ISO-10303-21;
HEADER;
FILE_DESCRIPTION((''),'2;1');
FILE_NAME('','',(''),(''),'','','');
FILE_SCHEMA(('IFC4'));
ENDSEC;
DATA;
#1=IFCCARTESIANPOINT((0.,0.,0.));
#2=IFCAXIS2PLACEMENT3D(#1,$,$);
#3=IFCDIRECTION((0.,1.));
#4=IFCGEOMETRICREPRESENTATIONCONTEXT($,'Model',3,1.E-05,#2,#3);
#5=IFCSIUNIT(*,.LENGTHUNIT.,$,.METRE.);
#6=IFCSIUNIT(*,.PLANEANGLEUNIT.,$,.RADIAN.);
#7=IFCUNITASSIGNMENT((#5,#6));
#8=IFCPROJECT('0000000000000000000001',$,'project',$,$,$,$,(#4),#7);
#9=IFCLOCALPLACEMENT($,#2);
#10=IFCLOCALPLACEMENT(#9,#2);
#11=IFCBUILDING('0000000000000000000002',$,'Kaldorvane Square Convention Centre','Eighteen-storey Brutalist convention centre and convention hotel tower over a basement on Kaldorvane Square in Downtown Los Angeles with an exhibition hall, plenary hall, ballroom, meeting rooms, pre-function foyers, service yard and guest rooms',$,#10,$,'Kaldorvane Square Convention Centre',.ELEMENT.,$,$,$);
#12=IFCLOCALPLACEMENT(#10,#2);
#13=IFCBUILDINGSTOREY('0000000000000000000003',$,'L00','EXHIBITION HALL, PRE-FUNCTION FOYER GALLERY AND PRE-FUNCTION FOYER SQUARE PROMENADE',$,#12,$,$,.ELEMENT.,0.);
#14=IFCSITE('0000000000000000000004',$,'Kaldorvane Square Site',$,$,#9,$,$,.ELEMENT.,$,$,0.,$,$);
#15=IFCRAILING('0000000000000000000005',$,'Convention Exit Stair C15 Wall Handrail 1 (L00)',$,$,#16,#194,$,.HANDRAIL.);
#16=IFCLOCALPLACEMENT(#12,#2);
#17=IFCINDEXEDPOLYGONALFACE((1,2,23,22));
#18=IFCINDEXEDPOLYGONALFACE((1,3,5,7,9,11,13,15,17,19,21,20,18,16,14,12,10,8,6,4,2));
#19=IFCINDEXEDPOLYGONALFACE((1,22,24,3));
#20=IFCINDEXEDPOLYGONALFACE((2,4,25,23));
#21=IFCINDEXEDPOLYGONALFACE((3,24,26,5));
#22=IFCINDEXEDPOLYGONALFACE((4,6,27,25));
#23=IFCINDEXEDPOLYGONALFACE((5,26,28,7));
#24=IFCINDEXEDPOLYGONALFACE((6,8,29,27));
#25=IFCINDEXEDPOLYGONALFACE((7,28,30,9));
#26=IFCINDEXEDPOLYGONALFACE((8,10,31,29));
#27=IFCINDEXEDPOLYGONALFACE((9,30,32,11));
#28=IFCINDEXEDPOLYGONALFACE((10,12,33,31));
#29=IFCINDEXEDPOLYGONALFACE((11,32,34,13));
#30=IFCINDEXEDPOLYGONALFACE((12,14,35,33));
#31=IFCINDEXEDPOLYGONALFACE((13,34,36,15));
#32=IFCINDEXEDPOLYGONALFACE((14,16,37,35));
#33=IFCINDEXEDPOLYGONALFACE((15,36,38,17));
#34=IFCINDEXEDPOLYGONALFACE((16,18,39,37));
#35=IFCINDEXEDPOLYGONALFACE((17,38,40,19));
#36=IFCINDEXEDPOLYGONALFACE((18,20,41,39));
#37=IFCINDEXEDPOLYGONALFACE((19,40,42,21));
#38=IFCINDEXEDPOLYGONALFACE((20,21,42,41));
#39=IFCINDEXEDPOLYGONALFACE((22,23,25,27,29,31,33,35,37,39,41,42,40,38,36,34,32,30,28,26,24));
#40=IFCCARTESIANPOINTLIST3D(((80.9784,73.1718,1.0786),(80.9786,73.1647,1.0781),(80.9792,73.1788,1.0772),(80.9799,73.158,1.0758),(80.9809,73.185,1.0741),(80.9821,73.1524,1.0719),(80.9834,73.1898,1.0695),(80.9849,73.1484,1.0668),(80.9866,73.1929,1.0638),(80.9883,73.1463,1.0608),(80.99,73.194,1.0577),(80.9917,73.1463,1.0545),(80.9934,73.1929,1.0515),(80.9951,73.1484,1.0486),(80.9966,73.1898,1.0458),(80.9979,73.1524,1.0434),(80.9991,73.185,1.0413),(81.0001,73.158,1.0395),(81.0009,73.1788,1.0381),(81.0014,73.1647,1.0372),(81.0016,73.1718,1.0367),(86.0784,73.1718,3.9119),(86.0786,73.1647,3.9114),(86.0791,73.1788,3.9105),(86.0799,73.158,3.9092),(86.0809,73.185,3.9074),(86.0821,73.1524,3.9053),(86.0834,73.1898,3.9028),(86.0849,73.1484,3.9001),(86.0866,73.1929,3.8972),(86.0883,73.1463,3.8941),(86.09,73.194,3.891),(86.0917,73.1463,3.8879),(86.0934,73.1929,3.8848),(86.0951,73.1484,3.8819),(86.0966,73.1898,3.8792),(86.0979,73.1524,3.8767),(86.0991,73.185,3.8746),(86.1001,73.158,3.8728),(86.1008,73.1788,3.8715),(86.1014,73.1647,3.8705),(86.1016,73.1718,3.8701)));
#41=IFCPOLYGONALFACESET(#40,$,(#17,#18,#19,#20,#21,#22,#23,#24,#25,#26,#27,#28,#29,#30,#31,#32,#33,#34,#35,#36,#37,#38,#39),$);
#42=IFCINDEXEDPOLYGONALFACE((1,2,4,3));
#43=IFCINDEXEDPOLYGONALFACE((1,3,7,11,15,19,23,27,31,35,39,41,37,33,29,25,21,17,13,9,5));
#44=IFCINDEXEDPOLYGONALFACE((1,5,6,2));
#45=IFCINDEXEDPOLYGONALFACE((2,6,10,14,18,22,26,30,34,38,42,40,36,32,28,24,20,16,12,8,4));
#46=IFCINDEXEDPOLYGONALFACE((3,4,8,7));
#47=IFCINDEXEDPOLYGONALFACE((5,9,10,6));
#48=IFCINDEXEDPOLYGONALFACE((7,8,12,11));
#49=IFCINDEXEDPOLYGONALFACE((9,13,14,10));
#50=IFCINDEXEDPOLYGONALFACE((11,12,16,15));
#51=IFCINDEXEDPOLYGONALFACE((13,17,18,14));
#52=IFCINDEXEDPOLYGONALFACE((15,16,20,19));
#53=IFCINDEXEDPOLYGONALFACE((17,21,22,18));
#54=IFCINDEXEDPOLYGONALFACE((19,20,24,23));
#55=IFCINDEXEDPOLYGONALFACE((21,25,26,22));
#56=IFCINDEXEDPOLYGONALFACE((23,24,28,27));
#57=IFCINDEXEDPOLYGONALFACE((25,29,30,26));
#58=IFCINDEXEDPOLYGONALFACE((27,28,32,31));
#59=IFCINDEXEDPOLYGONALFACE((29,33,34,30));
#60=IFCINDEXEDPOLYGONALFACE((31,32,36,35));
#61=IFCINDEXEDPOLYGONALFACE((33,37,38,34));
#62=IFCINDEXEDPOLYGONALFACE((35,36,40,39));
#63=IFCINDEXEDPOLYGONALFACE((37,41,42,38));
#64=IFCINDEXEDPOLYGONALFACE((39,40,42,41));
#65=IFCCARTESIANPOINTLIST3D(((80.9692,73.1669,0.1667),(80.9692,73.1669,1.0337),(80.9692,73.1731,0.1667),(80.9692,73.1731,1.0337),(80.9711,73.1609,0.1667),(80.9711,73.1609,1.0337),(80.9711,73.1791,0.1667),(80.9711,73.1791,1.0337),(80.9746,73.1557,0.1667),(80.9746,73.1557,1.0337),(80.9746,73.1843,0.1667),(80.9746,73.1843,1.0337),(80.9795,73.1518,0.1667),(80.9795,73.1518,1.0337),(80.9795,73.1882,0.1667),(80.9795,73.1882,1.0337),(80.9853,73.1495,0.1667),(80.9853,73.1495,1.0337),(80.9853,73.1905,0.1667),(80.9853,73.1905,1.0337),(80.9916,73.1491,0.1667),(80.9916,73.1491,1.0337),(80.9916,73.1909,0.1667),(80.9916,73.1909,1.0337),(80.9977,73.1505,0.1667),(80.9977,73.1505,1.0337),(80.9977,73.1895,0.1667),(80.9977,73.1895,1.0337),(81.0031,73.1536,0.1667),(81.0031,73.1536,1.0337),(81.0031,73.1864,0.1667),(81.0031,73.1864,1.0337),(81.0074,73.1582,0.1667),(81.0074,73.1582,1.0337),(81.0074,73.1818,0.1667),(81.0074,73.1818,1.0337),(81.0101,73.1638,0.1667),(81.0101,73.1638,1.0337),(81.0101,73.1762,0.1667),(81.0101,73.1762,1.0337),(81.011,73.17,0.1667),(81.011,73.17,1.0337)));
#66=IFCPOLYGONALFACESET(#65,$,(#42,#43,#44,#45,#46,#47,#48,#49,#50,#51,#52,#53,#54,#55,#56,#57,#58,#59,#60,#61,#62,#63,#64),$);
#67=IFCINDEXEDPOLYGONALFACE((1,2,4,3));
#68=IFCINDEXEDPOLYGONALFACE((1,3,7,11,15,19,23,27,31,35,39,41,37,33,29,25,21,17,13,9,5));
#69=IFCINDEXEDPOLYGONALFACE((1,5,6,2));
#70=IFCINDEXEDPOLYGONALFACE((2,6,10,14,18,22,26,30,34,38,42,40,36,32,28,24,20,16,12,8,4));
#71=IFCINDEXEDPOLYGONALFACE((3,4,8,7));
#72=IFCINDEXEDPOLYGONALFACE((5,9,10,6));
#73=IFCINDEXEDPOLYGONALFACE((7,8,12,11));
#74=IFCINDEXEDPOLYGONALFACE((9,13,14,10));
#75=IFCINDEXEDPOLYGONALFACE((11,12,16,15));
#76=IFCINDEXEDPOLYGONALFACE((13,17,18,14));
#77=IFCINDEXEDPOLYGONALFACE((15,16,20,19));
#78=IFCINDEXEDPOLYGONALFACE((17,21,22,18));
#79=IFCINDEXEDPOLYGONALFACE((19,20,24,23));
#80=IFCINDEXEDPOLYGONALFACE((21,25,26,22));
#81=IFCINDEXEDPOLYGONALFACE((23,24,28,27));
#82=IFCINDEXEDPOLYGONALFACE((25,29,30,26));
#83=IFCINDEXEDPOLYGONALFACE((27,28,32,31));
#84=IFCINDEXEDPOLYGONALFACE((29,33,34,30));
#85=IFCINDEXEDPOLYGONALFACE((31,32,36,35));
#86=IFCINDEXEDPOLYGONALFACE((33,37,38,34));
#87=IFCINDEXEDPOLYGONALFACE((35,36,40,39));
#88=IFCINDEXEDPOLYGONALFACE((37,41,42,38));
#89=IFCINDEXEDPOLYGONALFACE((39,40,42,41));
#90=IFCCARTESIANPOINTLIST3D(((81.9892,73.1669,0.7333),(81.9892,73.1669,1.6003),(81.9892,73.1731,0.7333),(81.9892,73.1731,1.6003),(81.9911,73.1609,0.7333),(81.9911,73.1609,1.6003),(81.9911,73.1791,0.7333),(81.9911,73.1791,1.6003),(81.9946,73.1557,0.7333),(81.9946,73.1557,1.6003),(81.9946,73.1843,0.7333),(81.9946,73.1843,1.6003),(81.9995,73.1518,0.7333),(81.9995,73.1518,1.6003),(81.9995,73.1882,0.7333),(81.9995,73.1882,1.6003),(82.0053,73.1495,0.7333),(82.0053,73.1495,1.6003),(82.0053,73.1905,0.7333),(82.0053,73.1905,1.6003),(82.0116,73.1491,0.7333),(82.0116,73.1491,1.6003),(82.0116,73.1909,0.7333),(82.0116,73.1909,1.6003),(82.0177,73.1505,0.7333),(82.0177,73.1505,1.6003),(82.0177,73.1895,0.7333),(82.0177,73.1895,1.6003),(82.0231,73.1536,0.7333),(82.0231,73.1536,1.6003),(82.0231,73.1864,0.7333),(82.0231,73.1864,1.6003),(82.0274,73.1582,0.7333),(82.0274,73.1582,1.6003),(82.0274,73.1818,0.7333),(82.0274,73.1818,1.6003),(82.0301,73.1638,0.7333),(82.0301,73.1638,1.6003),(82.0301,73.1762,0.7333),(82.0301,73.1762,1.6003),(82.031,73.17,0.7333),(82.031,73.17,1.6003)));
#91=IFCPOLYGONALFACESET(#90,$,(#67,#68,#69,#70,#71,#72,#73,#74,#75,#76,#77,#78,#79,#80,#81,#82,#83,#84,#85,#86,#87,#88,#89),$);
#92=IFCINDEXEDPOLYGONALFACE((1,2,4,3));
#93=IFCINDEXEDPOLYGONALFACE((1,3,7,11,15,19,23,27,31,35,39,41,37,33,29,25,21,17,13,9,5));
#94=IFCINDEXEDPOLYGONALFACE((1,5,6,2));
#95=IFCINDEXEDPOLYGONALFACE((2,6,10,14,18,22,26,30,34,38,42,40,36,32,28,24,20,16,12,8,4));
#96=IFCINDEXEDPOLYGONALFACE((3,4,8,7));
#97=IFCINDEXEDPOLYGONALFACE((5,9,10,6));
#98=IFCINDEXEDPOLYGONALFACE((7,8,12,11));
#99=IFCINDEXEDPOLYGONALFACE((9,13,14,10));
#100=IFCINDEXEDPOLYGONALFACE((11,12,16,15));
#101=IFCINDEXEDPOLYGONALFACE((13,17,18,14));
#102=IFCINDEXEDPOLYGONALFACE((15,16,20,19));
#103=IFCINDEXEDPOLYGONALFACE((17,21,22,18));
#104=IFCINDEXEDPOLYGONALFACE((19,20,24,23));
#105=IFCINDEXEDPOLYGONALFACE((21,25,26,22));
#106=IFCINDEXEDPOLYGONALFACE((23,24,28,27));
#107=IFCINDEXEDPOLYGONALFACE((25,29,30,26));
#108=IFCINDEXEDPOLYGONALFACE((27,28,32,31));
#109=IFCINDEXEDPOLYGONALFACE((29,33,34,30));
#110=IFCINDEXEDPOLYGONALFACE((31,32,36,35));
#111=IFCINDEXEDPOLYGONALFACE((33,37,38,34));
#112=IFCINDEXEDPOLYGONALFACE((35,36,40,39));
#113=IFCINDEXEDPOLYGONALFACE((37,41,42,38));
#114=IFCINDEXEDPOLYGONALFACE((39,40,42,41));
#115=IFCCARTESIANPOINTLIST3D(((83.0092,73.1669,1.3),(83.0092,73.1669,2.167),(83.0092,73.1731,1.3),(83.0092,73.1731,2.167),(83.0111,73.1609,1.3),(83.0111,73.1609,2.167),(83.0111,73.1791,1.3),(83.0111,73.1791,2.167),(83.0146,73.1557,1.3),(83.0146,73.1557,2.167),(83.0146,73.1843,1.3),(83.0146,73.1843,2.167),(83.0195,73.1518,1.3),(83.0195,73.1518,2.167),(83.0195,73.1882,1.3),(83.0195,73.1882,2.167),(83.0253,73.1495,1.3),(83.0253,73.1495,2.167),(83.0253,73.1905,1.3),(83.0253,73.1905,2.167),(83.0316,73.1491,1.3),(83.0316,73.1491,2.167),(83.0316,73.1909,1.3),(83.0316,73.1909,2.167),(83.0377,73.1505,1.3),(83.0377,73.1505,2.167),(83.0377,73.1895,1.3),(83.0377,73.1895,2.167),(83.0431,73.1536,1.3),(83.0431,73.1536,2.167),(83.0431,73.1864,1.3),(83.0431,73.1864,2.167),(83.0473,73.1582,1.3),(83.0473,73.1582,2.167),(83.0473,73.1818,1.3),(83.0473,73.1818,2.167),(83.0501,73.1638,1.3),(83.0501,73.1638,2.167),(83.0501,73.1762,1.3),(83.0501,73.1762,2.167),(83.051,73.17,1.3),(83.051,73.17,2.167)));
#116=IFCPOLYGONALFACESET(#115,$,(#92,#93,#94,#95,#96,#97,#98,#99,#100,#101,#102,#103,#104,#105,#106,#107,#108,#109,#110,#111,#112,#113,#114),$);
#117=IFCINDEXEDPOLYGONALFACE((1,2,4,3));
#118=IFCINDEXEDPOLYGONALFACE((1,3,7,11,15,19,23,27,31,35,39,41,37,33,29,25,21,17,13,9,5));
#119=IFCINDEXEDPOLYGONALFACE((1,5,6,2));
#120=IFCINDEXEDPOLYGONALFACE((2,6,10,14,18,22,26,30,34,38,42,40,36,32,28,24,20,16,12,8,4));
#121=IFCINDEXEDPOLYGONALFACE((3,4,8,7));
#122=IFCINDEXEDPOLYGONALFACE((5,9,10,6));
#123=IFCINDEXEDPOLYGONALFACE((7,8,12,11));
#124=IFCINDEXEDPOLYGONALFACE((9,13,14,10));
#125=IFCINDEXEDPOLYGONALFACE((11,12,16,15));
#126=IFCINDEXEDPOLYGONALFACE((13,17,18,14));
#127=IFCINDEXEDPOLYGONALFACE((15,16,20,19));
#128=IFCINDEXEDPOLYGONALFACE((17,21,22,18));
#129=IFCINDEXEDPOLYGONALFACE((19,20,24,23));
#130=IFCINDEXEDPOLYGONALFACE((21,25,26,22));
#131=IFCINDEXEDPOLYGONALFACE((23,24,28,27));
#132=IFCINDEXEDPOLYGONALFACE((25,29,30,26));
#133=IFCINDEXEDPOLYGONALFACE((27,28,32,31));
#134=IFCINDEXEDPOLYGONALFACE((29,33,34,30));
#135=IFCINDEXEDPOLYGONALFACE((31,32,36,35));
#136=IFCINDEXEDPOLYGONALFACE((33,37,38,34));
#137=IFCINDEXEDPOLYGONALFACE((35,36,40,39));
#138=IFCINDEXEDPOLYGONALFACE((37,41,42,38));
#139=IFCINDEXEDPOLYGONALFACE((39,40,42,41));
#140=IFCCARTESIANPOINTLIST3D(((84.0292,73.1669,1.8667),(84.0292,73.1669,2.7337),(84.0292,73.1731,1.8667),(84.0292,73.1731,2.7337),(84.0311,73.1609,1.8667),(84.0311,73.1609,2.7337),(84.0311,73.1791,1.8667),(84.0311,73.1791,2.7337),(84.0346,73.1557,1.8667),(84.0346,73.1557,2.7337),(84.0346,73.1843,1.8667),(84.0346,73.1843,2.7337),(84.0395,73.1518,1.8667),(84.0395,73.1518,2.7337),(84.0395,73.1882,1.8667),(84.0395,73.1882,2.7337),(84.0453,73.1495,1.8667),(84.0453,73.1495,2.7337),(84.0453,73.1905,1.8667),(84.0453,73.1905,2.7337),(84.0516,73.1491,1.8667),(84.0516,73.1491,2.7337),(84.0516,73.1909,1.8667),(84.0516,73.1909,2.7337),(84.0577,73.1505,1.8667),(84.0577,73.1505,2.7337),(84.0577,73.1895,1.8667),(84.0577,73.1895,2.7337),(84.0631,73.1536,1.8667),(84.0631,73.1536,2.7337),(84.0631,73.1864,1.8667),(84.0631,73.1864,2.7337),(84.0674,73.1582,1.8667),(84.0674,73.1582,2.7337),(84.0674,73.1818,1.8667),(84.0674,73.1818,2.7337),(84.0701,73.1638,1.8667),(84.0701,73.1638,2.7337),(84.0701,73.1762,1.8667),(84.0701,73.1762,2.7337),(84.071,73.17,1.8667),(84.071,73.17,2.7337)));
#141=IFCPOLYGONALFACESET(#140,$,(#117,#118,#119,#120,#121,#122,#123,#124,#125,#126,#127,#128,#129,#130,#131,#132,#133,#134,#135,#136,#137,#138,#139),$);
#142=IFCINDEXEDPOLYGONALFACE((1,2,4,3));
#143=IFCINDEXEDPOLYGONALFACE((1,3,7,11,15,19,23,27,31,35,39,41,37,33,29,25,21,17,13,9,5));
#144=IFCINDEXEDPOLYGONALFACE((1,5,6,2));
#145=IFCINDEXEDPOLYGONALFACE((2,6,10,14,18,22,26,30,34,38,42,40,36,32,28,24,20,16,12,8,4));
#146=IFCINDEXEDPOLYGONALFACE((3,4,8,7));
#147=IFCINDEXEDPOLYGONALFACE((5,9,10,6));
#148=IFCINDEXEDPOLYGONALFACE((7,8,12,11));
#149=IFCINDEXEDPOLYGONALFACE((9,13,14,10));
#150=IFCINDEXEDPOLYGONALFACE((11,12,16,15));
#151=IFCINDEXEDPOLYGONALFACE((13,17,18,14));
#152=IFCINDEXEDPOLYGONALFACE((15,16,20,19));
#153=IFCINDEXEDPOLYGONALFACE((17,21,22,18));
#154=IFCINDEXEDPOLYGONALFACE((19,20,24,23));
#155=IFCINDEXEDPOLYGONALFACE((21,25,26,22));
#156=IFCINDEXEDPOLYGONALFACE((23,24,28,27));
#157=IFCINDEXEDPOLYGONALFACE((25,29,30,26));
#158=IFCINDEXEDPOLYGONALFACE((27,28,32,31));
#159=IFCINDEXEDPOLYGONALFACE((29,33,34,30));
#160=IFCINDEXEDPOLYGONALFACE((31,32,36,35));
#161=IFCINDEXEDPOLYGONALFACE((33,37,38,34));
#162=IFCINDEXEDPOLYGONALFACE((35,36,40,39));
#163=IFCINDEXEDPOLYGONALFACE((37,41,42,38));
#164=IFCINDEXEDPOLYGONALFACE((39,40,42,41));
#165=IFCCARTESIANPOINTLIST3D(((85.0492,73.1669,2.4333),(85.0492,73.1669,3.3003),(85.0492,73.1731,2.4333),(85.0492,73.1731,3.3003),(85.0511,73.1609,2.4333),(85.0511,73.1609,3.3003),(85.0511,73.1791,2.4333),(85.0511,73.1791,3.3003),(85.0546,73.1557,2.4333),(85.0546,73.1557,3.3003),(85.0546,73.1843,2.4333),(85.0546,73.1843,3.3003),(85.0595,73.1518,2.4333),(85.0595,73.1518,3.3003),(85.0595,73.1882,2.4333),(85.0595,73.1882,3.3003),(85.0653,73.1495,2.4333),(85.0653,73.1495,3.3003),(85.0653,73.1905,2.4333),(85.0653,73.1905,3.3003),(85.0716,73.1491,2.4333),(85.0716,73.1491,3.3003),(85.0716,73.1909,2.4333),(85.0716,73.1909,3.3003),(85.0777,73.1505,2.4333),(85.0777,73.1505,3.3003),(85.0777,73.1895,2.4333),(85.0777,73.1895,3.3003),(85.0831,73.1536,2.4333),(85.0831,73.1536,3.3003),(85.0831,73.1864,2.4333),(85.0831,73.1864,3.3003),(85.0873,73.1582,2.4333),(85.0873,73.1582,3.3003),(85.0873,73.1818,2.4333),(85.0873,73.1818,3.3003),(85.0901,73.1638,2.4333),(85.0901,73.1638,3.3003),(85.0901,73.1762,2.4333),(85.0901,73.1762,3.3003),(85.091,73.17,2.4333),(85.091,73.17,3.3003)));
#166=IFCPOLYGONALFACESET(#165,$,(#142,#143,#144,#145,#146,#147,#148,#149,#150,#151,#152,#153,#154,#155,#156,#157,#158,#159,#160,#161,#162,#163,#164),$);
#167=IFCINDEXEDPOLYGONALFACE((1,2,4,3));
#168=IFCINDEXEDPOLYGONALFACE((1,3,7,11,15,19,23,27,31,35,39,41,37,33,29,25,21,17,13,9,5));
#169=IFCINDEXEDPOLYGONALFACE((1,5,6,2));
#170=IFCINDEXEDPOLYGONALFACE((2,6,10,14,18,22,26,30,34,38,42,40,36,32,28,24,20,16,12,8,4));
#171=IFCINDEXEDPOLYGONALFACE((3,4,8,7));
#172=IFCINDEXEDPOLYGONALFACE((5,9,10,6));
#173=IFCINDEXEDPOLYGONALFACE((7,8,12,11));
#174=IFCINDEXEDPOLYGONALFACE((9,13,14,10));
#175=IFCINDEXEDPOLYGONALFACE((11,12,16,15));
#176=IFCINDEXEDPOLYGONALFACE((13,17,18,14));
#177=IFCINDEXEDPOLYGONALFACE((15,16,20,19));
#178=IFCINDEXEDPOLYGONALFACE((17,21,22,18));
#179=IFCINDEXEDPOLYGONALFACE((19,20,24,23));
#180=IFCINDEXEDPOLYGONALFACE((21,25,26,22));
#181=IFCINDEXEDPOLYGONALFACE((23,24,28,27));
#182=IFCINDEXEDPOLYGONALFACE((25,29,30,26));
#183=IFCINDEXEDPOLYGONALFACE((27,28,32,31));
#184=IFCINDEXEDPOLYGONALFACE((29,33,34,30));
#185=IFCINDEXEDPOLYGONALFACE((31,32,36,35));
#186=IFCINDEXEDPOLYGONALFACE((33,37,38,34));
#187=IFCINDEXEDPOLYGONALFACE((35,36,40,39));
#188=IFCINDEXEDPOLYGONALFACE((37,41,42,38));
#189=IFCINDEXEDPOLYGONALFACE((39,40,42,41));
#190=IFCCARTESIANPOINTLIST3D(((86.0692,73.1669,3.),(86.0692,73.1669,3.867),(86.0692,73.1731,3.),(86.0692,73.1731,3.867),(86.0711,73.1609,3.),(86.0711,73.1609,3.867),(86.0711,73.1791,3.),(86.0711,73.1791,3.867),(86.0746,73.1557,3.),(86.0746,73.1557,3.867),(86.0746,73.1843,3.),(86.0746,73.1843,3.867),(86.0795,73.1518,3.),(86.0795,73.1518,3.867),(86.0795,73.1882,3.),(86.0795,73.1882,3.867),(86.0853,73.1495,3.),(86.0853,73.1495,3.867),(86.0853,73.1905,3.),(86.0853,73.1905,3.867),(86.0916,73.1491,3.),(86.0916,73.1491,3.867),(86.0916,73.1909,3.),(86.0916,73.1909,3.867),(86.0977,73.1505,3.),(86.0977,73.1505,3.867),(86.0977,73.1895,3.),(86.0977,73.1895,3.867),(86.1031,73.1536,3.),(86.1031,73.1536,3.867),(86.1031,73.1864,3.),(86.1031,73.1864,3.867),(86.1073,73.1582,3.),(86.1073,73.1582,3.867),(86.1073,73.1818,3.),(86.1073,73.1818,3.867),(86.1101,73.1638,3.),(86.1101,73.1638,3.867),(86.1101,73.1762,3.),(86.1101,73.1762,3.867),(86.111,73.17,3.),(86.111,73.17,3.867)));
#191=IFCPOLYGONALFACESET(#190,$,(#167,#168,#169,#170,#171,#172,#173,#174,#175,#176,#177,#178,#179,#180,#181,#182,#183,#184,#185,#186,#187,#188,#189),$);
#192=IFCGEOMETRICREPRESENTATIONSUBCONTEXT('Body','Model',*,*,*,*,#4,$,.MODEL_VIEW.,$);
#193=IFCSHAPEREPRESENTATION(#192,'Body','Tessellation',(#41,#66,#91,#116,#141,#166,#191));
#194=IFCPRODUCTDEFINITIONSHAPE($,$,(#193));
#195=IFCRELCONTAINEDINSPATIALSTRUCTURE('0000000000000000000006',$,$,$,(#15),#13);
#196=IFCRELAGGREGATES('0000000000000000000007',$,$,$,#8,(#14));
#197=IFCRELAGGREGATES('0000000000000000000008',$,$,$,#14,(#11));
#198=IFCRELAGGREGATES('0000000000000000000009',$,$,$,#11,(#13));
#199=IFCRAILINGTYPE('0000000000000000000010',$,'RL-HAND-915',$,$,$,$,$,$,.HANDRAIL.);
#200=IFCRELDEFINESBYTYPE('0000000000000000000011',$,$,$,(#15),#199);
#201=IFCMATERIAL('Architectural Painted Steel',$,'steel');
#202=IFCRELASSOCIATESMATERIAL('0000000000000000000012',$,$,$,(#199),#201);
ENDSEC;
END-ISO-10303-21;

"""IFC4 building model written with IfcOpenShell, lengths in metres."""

from ifc_helpers import new_model, si_unit, direction, frame, origin, origin_2d, place, context, subcontext, project, spatial, circle, extrude, material, type_object, element, save


model = new_model("IFC4")

# Units and contexts
model_context = context("Model", 3, precision=1e-05, world=origin(), true_north=direction((0.0, 1.0)))
body_context = subcontext(model_context, "Body", "Model", "MODEL_VIEW")
ifc_project = project(units=[si_unit("LENGTHUNIT", "METRE"), si_unit("PLANEANGLEUNIT", "RADIAN")], contexts=[model_context])

# Site, building, storey
site_placement = place(None, origin())
site = spatial("IfcSite", under=ifc_project, at=site_placement, Name="Kaldorvane Square Site", CompositionType="ELEMENT", RefElevation=0.0)
building_placement = place(site_placement, origin())
building = spatial("IfcBuilding", under=site, at=building_placement, Name="Kaldorvane Square Convention Centre", Description="Eighteen-storey Brutalist convention centre and convention hotel tower over a basement on Kaldorvane Square in Downtown Los Angeles with an exhibition hall, plenary hall, ballroom, meeting rooms, pre-function foyers, service yard and guest rooms", LongName="Kaldorvane Square Convention Centre", CompositionType="ELEMENT")
storey_placement = place(building_placement, origin())
storey = spatial("IfcBuildingStorey", under=building, at=storey_placement, Name="L00", Description="EXHIBITION HALL, PRE-FUNCTION FOYER GALLERY AND PRE-FUNCTION FOYER SQUARE PROMENADE", CompositionType="ELEMENT", Elevation=0.0)

# Railing
ifc_material_1 = material(Name="Architectural Painted Steel", Category="steel")
railing_type_1 = type_object("IfcRailingType", Name="RL-HAND-915", PredefinedType="HANDRAIL", material=ifc_material_1)
railing_1_placement = place(storey_placement, frame((80.99, 73.17, 0.1667)))
element("IfcRailing", 1, at=railing_1_placement, inside=storey, type_object=railing_type_1, Name="Convention Exit Stair C15 Wall Handrail 1 (L00)", PredefinedType="HANDRAIL", context=body_context, shape_type="SweptSolid", body=[
    extrude(circle(Radius=0.024, at=origin_2d()), frame((0.0, 0.0, 0.891), z_axis=(0.874157, 0.0, 0.485643), x_axis=(0.0, 1.0, 0.0)), (0.0, 0.0, 1.0), 5.8342),
    extrude(circle(Radius=0.021, at=origin_2d()), origin(), (0.0, 0.0, 1.0), 0.867),
    extrude(circle(Radius=0.021, at=origin_2d()), frame((1.02, 0.0, 0.5667)), (0.0, 0.0, 1.0), 0.867),
    extrude(circle(Radius=0.021, at=origin_2d()), frame((2.04, 0.0, 1.1333)), (0.0, 0.0, 1.0), 0.867),
    extrude(circle(Radius=0.021, at=origin_2d()), frame((3.06, 0.0, 1.7)), (0.0, 0.0, 1.0), 0.867),
    extrude(circle(Radius=0.021, at=origin_2d()), frame((4.08, 0.0, 2.2667)), (0.0, 0.0, 1.0), 0.867),
    extrude(circle(Radius=0.021, at=origin_2d()), frame((5.1, 0.0, 2.8333)), (0.0, 0.0, 1.0), 0.867),
])

save(model, "model.ifc")
